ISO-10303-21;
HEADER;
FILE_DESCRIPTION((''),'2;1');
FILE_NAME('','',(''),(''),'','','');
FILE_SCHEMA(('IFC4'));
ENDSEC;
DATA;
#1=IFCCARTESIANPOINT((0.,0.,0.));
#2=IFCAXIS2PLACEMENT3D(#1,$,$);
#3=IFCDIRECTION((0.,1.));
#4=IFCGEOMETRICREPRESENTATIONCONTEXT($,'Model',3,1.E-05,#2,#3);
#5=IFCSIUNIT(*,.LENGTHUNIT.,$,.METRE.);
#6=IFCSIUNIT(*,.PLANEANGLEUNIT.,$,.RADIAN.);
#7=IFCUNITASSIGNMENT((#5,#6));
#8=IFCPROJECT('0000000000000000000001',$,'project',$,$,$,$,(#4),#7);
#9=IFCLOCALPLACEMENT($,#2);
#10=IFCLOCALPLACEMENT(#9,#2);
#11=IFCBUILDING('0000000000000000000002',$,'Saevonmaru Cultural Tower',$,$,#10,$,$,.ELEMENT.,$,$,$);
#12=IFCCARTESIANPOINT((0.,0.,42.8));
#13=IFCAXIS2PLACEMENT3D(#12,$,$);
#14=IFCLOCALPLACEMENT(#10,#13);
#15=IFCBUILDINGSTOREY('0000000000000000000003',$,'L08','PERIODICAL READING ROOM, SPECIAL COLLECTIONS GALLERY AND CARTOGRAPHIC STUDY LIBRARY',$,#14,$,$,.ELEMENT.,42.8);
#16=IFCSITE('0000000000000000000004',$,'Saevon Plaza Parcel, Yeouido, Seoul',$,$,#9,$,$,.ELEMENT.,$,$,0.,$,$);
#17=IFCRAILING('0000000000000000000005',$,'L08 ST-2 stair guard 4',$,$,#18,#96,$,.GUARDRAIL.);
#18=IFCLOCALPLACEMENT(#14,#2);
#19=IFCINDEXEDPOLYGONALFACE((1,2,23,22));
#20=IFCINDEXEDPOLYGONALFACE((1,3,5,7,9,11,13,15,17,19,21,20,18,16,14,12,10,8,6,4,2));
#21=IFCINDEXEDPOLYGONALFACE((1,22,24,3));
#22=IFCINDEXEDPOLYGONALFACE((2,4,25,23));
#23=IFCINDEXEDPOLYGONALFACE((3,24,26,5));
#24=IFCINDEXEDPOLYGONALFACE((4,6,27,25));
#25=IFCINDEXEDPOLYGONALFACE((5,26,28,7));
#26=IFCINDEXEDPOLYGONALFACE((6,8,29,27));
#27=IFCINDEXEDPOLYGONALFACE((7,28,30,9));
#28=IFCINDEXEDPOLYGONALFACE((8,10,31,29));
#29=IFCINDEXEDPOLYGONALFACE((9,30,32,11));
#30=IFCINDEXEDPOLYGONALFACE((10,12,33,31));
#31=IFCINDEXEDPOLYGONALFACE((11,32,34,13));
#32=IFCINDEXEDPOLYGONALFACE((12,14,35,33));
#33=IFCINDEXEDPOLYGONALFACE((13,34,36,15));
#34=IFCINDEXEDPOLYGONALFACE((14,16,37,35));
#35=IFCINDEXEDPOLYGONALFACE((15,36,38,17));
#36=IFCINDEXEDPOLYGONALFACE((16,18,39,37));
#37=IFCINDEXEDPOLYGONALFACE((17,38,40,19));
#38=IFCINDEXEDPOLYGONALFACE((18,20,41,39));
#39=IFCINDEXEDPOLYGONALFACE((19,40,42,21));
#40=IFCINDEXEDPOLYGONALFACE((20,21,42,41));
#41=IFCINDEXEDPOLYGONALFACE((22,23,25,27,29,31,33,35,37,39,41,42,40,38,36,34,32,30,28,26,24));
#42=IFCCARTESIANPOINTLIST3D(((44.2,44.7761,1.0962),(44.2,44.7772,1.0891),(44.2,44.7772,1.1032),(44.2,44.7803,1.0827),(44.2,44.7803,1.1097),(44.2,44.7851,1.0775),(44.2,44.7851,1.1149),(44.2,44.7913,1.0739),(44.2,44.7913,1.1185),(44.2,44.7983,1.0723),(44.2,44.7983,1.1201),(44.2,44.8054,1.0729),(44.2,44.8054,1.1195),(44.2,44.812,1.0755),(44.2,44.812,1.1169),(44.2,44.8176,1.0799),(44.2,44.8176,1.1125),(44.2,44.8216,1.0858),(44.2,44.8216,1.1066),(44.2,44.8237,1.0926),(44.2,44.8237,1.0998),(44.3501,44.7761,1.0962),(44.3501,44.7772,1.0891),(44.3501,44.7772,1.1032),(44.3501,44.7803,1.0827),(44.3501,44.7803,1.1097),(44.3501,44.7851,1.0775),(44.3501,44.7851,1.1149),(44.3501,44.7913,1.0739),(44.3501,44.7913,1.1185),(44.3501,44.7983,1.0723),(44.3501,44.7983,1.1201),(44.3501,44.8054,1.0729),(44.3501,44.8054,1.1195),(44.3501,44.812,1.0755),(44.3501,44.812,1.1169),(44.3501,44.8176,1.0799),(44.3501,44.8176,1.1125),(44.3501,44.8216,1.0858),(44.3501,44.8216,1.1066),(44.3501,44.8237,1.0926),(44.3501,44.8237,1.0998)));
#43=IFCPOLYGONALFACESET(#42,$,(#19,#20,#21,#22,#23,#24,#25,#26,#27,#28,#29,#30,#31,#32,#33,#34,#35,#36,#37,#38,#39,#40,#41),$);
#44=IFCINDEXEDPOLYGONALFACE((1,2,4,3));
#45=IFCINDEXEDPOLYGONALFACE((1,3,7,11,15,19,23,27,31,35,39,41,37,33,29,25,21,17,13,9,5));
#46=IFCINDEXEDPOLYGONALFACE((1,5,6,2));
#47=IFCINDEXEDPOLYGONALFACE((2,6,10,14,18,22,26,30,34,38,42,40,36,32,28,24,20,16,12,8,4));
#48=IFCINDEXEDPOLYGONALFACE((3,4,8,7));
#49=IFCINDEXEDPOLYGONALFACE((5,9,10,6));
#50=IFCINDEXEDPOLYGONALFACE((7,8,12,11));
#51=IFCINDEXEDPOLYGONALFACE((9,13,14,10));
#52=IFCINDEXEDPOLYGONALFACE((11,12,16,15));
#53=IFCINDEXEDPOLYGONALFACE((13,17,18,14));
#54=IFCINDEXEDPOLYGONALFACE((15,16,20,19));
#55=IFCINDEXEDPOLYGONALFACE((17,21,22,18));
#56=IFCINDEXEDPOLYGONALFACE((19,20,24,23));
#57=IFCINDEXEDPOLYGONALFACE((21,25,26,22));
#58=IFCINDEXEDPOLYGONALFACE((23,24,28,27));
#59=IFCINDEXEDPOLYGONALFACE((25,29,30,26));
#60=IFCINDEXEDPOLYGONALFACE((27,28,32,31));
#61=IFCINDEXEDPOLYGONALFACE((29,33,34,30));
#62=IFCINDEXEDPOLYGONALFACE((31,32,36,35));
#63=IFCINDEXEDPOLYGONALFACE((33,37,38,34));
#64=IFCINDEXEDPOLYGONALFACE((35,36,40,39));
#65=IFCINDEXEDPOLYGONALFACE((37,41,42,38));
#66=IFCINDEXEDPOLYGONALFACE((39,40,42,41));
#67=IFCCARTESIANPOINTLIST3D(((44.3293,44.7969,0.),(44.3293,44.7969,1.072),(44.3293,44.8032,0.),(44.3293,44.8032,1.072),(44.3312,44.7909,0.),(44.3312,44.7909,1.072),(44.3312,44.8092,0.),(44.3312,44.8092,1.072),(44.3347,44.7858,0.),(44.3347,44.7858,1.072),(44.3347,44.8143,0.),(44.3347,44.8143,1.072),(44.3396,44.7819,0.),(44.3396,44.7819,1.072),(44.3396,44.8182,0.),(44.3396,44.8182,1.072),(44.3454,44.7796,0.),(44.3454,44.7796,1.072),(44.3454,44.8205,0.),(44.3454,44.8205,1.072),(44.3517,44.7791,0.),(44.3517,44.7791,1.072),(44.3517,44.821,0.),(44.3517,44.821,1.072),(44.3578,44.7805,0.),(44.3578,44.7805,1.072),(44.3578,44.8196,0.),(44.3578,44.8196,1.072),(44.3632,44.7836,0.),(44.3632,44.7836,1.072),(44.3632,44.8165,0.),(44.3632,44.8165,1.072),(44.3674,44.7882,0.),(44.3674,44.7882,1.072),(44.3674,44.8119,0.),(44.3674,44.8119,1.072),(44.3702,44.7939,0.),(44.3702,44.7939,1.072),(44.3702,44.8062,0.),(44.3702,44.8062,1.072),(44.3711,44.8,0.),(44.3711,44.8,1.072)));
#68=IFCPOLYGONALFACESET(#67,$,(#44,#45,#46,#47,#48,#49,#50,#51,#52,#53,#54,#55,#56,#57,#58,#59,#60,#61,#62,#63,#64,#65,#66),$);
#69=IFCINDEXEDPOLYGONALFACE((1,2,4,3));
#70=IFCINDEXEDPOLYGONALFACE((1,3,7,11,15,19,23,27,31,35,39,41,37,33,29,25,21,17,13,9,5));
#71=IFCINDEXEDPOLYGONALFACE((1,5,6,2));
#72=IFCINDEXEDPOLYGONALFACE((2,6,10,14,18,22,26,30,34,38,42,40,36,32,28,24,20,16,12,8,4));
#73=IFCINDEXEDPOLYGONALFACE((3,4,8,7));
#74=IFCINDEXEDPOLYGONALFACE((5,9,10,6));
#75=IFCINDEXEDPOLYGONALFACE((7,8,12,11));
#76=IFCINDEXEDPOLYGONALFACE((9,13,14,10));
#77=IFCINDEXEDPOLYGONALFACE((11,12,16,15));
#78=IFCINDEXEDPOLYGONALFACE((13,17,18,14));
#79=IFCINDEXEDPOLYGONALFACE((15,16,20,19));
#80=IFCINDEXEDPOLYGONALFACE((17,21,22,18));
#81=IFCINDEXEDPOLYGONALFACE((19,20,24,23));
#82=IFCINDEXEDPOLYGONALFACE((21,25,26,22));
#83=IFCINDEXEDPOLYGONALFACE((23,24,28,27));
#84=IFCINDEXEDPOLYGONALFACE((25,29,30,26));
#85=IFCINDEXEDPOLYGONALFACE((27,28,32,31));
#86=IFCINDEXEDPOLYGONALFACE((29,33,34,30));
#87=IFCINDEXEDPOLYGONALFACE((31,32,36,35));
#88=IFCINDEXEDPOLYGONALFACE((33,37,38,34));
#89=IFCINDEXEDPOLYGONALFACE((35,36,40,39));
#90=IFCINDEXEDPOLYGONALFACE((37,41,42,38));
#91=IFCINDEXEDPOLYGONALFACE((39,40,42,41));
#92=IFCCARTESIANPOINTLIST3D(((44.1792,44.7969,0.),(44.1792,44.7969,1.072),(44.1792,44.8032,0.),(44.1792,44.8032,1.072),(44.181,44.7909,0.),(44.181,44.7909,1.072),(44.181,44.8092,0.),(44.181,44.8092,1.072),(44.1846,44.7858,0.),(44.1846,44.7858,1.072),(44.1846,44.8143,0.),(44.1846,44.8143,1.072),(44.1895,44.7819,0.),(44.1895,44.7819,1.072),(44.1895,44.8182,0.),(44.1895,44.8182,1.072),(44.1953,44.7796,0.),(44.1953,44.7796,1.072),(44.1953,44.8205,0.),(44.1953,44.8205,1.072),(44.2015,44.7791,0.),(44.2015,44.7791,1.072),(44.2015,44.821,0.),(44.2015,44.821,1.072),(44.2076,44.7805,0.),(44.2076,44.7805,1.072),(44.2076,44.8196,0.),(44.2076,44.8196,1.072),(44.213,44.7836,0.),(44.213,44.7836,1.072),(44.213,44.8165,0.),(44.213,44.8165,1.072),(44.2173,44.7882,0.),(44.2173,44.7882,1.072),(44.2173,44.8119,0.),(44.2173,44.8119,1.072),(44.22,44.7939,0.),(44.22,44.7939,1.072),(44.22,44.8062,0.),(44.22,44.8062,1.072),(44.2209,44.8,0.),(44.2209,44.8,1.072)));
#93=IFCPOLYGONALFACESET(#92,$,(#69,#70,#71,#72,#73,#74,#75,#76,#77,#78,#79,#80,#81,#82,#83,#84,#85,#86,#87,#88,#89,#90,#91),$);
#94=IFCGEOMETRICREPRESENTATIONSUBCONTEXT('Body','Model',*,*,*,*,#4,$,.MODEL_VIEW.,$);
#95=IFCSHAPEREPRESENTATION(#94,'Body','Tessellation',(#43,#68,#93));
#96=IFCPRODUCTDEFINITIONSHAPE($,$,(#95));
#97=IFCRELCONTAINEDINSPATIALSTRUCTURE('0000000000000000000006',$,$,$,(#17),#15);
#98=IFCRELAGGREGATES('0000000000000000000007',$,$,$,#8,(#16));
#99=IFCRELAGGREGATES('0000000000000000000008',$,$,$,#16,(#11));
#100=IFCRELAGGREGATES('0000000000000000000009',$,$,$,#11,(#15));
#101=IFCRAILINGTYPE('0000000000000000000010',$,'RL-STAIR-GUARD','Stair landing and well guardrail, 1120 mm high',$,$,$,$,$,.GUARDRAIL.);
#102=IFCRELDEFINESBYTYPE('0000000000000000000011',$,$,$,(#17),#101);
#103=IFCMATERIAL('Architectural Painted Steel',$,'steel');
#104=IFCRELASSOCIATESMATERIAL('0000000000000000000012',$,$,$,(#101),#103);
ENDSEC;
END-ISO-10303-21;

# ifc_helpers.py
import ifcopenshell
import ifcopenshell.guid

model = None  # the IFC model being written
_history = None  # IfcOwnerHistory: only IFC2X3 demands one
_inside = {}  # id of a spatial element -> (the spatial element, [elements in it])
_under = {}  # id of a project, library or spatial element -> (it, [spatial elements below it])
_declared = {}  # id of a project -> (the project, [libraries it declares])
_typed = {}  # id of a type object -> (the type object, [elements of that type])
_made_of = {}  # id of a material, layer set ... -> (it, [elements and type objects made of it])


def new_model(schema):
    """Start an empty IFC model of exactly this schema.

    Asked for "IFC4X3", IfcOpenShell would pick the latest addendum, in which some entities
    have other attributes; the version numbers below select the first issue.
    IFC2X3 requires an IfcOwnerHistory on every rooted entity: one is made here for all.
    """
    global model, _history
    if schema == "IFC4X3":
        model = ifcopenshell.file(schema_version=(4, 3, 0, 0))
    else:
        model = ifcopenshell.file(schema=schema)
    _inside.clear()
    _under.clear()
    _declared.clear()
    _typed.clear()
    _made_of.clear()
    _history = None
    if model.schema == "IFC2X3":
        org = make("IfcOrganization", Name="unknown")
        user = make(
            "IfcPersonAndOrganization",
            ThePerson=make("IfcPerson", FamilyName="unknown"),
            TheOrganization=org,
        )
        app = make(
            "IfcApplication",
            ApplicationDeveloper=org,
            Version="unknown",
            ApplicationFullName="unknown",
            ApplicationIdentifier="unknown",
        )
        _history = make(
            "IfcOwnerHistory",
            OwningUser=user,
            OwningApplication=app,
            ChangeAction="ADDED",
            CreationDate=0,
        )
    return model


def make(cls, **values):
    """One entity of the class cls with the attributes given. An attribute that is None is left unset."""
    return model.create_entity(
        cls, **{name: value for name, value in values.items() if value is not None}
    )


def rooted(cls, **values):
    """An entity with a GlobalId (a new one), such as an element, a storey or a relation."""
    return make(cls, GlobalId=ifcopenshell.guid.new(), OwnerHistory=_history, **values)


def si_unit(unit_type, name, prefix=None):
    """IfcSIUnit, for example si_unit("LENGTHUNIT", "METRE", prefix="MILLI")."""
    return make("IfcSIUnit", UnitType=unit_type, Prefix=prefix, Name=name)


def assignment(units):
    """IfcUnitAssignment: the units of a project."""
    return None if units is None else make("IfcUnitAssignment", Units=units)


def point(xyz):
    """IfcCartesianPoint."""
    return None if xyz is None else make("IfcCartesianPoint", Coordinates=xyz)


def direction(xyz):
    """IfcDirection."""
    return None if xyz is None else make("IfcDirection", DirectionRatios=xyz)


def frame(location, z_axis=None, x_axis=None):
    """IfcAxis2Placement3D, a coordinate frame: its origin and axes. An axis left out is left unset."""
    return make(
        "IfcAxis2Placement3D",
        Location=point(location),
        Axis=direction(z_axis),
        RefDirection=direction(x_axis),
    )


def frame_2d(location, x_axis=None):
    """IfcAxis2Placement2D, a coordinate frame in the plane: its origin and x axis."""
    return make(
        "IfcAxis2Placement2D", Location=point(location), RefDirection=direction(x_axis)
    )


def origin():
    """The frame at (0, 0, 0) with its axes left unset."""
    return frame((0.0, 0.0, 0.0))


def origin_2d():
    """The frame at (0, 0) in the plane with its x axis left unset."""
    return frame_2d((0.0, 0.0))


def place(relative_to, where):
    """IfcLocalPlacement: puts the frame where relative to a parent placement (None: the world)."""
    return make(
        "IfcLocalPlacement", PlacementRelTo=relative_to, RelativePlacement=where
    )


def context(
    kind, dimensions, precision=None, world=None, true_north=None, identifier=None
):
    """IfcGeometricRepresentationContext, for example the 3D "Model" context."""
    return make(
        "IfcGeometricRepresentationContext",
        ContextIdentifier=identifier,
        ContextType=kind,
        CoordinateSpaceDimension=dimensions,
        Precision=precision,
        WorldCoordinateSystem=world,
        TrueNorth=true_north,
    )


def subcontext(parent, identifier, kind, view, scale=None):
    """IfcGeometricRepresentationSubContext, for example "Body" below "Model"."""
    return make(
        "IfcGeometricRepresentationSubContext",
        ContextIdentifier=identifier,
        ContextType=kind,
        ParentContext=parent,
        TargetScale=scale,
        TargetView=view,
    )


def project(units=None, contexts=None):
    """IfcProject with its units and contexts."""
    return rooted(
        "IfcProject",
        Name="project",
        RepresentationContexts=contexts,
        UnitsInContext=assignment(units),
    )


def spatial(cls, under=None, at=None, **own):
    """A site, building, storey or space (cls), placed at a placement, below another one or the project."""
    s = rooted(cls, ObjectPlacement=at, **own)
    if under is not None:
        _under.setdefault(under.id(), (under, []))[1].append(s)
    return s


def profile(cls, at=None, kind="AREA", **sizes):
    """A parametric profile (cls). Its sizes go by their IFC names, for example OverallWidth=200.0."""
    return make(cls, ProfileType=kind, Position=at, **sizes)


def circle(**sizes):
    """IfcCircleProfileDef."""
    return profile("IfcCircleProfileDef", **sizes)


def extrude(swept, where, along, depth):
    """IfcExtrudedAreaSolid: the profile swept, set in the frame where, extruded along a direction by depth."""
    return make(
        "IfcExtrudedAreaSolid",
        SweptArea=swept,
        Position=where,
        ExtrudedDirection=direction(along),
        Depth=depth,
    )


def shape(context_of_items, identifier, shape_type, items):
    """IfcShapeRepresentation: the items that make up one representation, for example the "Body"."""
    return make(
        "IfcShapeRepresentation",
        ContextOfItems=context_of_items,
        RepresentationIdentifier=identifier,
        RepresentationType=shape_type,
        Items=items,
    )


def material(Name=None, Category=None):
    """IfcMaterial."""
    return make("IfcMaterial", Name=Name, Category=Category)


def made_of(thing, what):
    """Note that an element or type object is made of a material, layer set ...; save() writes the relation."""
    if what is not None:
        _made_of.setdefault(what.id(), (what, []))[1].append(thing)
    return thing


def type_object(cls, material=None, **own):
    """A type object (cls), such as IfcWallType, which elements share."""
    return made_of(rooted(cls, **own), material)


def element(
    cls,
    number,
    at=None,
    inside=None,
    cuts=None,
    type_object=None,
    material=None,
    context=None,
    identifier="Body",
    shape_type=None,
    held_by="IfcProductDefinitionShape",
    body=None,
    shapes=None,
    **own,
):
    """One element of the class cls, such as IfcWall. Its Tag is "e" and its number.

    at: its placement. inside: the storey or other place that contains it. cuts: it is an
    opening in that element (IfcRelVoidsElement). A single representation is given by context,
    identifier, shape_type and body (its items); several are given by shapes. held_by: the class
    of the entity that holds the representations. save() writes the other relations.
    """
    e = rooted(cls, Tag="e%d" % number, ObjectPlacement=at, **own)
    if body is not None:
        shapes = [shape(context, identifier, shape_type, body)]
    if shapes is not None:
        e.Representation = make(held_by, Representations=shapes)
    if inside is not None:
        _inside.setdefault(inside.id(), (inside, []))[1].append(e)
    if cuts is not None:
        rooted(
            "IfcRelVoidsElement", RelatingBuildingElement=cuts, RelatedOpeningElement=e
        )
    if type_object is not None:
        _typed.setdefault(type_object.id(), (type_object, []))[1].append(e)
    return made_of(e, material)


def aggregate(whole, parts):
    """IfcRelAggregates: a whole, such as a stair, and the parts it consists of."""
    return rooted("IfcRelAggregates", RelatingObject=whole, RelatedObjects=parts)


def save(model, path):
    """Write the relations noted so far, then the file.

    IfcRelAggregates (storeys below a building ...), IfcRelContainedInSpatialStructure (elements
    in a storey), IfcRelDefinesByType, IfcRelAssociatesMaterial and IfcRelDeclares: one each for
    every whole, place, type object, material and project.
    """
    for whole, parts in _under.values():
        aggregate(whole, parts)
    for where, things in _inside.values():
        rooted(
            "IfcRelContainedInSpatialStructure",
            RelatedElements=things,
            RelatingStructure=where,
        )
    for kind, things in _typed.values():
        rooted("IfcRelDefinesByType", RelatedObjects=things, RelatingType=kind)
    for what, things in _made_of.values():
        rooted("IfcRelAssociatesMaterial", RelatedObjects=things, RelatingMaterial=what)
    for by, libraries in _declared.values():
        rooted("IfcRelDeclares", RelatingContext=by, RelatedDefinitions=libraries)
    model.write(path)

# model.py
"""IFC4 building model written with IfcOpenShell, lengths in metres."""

from ifc_helpers import new_model, si_unit, direction, frame, origin, origin_2d, place, context, subcontext, project, spatial, circle, extrude, material, type_object, element, save


model = new_model("IFC4")

# Units and contexts
model_context = context("Model", 3, precision=1e-05, world=origin(), true_north=direction((0.0, 1.0)))
body_context = subcontext(model_context, "Body", "Model", "MODEL_VIEW")
ifc_project = project(units=[si_unit("LENGTHUNIT", "METRE"), si_unit("PLANEANGLEUNIT", "RADIAN")], contexts=[model_context])

# Site, building, storey
site_placement = place(None, origin())
site = spatial("IfcSite", under=ifc_project, at=site_placement, Name="Saevon Plaza Parcel, Yeouido, Seoul", CompositionType="ELEMENT", RefElevation=0.0)
building_placement = place(site_placement, origin())
building = spatial("IfcBuilding", under=site, at=building_placement, Name="Saevonmaru Cultural Tower", CompositionType="ELEMENT")
storey_placement = place(building_placement, frame((0.0, 0.0, 42.8)))
storey = spatial("IfcBuildingStorey", under=building, at=storey_placement, Name="L08", Description="PERIODICAL READING ROOM, SPECIAL COLLECTIONS GALLERY AND CARTOGRAPHIC STUDY LIBRARY", CompositionType="ELEMENT", Elevation=42.8)

# Railing
ifc_material_1 = material(Name="Architectural Painted Steel", Category="steel")
railing_type_1 = type_object("IfcRailingType", Name="RL-STAIR-GUARD", Description="Stair landing and well guardrail, 1120 mm high", PredefinedType="GUARDRAIL", material=ifc_material_1)
railing_1_placement = place(storey_placement, frame((44.3501, 44.8, 0.0)))
element("IfcRailing", 1, at=railing_1_placement, inside=storey, type_object=railing_type_1, Name="L08 ST-2 stair guard 4", PredefinedType="GUARDRAIL", context=body_context, shape_type="SweptSolid", body=[
    extrude(circle(Radius=0.0239, at=origin_2d()), frame((0.0, 0.0, 1.0962), z_axis=(-1.0, 0.0, 0.0), x_axis=(0.0, -1.0, 0.0)), (0.0, 0.0, 1.0), 0.1501),
    extrude(circle(Radius=0.021, at=origin_2d()), origin(), (0.0, 0.0, 1.0), 1.072),
    extrude(circle(Radius=0.021, at=origin_2d()), frame((-0.1501, 0.0, 0.0)), (0.0, 0.0, 1.0), 1.072),
])

save(model, "model.ifc")
